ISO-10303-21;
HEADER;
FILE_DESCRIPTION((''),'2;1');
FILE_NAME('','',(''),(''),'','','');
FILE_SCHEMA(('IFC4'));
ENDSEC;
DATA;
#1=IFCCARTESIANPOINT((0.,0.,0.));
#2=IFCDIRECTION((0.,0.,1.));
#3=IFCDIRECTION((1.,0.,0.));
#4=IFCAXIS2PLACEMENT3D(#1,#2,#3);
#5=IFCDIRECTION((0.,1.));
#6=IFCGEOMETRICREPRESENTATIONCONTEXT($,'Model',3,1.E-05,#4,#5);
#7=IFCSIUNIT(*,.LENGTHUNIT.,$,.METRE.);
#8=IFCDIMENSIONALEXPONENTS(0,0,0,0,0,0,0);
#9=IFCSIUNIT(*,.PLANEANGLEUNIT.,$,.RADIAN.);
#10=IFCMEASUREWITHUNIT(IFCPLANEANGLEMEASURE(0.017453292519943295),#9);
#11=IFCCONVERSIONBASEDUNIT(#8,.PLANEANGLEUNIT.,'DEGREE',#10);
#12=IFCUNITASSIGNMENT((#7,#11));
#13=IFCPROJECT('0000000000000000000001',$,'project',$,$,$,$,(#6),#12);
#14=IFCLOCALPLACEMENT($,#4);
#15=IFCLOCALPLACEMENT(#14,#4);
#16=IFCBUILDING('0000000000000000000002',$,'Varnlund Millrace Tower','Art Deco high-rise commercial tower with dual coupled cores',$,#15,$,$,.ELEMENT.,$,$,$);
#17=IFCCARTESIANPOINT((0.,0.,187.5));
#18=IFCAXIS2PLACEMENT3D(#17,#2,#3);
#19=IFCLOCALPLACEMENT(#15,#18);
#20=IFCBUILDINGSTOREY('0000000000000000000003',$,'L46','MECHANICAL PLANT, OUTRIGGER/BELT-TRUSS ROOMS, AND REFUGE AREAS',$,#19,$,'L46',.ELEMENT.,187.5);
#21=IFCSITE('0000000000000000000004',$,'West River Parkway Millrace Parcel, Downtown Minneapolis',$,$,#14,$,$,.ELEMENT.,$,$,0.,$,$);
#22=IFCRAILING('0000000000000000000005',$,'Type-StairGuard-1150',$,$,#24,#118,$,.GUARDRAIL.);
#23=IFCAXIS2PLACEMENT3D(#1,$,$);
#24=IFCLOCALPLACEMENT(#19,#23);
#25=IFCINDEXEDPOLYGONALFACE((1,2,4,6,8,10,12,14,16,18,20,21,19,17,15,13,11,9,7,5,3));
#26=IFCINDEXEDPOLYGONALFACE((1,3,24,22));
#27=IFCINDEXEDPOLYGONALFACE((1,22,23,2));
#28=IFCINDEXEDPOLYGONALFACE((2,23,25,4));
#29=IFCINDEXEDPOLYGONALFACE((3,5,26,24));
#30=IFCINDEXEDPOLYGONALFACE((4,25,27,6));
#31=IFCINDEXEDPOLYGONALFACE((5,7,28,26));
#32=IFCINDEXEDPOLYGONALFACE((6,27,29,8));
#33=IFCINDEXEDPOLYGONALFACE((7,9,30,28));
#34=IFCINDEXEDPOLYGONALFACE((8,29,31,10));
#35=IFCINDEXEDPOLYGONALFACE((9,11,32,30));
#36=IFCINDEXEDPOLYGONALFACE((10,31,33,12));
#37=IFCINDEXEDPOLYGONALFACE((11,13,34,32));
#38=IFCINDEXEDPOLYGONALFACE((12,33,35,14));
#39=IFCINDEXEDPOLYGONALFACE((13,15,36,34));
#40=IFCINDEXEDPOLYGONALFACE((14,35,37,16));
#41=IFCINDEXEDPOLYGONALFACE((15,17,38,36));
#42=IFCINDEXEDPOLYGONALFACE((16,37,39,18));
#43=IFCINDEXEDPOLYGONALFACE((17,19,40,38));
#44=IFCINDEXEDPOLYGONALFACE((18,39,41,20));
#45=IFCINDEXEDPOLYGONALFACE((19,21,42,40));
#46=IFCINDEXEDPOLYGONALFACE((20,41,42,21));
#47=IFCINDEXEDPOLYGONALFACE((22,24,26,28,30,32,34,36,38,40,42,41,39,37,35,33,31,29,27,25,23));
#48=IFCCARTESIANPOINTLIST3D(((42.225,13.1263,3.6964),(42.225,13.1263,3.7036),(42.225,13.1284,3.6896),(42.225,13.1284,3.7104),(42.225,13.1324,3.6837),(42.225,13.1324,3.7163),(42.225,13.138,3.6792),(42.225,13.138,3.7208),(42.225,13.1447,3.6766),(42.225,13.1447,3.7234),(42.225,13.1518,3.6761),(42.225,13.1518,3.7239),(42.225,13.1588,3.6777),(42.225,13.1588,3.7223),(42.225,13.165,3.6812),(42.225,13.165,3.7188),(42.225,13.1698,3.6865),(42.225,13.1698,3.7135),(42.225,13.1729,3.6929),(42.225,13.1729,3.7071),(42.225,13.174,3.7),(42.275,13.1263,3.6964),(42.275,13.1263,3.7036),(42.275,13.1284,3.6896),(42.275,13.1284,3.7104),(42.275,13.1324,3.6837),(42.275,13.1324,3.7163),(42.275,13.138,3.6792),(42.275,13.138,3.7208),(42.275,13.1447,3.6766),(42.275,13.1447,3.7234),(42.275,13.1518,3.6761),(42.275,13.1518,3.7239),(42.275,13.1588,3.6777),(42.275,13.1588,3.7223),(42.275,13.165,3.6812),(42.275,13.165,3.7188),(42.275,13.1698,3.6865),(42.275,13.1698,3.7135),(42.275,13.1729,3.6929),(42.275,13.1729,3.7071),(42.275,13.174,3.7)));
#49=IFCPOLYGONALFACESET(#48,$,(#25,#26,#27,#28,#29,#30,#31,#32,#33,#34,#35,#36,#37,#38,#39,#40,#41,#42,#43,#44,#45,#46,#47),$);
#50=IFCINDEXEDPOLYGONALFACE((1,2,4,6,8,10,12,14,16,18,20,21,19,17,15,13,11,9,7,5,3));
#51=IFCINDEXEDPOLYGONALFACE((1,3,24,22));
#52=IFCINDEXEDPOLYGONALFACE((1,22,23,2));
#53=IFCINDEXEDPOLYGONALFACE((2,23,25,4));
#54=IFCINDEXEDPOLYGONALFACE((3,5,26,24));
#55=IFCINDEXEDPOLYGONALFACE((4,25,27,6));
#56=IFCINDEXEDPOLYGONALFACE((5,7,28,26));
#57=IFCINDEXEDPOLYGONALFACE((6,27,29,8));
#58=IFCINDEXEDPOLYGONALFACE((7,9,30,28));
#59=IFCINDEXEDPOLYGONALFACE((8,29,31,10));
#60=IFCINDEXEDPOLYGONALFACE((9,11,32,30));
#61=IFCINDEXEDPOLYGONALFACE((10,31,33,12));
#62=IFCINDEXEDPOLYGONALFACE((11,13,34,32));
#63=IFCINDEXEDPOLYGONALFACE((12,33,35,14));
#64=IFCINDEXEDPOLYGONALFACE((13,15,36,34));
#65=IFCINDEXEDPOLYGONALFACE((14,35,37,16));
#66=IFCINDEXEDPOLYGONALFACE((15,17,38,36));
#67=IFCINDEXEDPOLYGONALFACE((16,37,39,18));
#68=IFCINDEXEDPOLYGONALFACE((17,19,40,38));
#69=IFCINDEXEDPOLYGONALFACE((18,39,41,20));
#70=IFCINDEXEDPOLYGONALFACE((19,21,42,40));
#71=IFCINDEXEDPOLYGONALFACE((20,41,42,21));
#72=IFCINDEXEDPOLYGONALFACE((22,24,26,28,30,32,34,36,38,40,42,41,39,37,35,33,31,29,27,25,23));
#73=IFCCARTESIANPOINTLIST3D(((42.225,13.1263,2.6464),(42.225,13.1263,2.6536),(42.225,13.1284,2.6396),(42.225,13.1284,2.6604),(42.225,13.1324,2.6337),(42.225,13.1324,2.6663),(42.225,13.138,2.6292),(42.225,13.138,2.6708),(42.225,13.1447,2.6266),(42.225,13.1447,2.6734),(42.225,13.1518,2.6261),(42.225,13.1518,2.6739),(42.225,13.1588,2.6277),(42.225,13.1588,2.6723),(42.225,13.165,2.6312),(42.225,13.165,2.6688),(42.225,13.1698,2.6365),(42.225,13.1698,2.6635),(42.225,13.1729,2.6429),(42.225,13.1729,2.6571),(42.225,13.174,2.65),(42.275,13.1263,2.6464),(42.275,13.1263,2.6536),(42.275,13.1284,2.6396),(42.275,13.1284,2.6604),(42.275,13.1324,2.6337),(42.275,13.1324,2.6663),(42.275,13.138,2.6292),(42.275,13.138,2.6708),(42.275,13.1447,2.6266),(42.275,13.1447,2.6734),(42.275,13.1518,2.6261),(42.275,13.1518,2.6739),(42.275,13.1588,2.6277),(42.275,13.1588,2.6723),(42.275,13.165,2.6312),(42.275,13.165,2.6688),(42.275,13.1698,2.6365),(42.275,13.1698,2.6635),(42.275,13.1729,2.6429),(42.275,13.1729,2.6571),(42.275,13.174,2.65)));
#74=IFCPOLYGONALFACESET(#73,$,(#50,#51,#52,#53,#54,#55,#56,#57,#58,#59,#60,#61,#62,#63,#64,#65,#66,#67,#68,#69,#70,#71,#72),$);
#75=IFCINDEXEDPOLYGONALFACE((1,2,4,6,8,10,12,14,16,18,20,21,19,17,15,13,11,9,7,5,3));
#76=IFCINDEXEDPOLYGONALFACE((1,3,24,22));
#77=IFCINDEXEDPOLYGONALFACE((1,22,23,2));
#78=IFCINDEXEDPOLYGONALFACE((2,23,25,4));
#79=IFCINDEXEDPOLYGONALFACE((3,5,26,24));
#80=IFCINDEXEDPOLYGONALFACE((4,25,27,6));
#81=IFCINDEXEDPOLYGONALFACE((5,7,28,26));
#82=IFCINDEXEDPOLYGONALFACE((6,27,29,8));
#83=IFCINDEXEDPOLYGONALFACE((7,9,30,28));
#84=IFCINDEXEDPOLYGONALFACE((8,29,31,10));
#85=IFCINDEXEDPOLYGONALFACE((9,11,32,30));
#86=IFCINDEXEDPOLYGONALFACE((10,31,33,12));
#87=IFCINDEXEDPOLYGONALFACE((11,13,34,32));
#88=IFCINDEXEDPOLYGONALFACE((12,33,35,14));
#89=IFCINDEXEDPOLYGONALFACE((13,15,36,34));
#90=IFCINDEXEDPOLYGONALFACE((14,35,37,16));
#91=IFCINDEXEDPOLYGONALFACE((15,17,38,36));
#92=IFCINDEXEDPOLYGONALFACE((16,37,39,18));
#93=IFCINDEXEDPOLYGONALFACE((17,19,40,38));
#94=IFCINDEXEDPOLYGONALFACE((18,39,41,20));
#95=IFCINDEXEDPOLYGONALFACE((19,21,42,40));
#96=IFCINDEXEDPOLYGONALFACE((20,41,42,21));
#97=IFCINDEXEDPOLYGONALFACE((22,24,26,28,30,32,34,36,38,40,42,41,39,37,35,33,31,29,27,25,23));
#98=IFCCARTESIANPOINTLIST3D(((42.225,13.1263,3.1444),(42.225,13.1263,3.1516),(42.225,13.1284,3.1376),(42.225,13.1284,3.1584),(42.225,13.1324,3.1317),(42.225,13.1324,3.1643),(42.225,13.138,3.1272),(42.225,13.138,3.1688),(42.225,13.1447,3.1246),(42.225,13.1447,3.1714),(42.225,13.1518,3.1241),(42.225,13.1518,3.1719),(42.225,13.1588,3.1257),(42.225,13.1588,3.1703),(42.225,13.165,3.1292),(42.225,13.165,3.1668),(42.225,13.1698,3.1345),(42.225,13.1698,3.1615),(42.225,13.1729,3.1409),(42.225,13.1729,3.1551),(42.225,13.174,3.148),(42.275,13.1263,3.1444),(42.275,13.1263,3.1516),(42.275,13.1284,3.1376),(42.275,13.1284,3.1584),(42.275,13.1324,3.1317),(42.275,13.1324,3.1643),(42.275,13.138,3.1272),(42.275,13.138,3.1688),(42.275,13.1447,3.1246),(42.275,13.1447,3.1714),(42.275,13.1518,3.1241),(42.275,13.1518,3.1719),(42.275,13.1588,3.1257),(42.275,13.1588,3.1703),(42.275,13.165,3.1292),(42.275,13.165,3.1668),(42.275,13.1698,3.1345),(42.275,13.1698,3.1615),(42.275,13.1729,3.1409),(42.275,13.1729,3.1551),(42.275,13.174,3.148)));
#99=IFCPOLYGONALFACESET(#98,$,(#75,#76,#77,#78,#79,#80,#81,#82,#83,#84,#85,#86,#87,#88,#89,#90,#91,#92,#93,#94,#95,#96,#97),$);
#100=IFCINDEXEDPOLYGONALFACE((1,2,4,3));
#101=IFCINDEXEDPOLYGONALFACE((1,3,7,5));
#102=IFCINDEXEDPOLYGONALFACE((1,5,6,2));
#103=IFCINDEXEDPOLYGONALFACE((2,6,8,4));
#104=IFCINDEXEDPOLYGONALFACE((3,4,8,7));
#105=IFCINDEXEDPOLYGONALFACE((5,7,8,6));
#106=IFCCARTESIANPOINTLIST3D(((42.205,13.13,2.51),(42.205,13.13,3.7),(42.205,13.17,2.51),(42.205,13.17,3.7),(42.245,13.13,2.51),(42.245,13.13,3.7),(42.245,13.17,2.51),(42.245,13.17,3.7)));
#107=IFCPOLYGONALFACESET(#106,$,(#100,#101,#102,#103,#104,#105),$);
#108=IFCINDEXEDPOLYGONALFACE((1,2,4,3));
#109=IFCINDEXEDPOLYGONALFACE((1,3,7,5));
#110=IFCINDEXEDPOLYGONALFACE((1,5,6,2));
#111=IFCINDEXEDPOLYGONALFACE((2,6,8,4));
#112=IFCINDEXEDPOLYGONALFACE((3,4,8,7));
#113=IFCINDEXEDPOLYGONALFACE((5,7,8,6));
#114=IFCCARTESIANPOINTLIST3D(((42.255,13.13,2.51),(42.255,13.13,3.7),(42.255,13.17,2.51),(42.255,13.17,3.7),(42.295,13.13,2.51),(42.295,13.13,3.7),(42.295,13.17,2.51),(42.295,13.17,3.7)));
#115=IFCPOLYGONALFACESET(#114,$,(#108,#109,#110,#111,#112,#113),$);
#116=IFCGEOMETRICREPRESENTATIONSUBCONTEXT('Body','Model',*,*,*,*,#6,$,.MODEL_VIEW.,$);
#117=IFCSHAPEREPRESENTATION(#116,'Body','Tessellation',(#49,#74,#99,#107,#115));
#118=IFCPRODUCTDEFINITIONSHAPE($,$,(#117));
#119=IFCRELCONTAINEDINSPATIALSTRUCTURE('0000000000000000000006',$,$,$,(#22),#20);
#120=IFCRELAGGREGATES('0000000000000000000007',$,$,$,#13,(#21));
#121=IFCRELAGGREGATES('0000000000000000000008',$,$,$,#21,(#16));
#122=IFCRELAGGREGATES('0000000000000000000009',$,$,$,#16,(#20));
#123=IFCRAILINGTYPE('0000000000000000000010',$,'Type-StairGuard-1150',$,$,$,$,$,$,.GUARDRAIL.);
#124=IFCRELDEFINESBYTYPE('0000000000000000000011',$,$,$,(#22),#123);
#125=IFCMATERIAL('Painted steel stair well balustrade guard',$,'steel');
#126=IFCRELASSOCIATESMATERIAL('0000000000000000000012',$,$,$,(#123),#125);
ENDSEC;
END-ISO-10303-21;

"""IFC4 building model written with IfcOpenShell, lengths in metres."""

from ifc_helpers import new_model, entity, si_unit, converted_unit, direction, frame, origin_with_axes, origin_2d_with_axis, place, context, subcontext, project, spatial, rectangle, circle, extrude, material, type_object, element, save


model = new_model("IFC4")

# Units and contexts
model_context = context("Model", 3, precision=1e-05, world=origin_with_axes(), true_north=direction((0.0, 1.0)))
body_context = subcontext(model_context, "Body", "Model", "MODEL_VIEW")
ifc_project = project(units=[si_unit("LENGTHUNIT", "METRE"), converted_unit("PLANEANGLEUNIT", "DEGREE", entity("IfcPlaneAngleMeasure", 0.017453292519943295), si_unit("PLANEANGLEUNIT", "RADIAN"), dimensions=[0, 0, 0, 0, 0, 0, 0])], contexts=[model_context])

# Site, building, storey
site_placement = place(None, origin_with_axes())
site = spatial("IfcSite", under=ifc_project, at=site_placement, Name="West River Parkway Millrace Parcel, Downtown Minneapolis", CompositionType="ELEMENT", RefElevation=0.0)
building_placement = place(site_placement, origin_with_axes())
building = spatial("IfcBuilding", under=site, at=building_placement, Name="Varnlund Millrace Tower", Description="Art Deco high-rise commercial tower with dual coupled cores", CompositionType="ELEMENT")
storey_placement = place(building_placement, frame((0.0, 0.0, 187.5), z_axis=(0.0, 0.0, 1.0), x_axis=(1.0, 0.0, 0.0)))
storey = spatial("IfcBuildingStorey", under=building, at=storey_placement, Name="L46", Description="MECHANICAL PLANT, OUTRIGGER/BELT-TRUSS ROOMS, AND REFUGE AREAS", LongName="L46", CompositionType="ELEMENT", Elevation=187.5)

# Railing
ifc_material_1 = material(Name="Painted steel stair well balustrade guard", Category="steel")
railing_type_1 = type_object("IfcRailingType", Name="Type-StairGuard-1150", PredefinedType="GUARDRAIL", material=ifc_material_1)
railing_1_placement = place(storey_placement, frame((0.0, 0.0, -187.5), z_axis=(0.0, 0.0, 1.0), x_axis=(1.0, 0.0, 0.0)))
element("IfcRailing", 1, at=railing_1_placement, inside=storey, type_object=railing_type_1, Name="Type-StairGuard-1150", PredefinedType="GUARDRAIL", context=body_context, shape_type="SweptSolid", body=[
    extrude(circle(Radius=0.024, at=origin_2d_with_axis()), frame((42.225, 13.15, 191.2), z_axis=(1.0, 0.0, 0.0), x_axis=(0.0, 1.0, 0.0)), (0.0, 0.0, 1.0), 0.05),
    extrude(circle(Radius=0.024, at=origin_2d_with_axis()), frame((42.225, 13.15, 190.15), z_axis=(1.0, 0.0, 0.0), x_axis=(0.0, 1.0, 0.0)), (0.0, 0.0, 1.0), 0.05),
    extrude(circle(Radius=0.024, at=origin_2d_with_axis()), frame((42.225, 13.15, 190.648), z_axis=(1.0, 0.0, 0.0), x_axis=(0.0, 1.0, 0.0)), (0.0, 0.0, 1.0), 0.05),
    extrude(rectangle(XDim=0.04, YDim=0.04, at=origin_2d_with_axis()), frame((42.225, 13.15, 190.01), z_axis=(0.0, 0.0, 1.0), x_axis=(1.0, 0.0, 0.0)), (0.0, 0.0, 1.0), 1.19),
    extrude(rectangle(XDim=0.04, YDim=0.04, at=origin_2d_with_axis()), frame((42.275, 13.15, 190.01), z_axis=(0.0, 0.0, 1.0), x_axis=(1.0, 0.0, 0.0)), (0.0, 0.0, 1.0), 1.19),
])

save(model, "model.ifc")
